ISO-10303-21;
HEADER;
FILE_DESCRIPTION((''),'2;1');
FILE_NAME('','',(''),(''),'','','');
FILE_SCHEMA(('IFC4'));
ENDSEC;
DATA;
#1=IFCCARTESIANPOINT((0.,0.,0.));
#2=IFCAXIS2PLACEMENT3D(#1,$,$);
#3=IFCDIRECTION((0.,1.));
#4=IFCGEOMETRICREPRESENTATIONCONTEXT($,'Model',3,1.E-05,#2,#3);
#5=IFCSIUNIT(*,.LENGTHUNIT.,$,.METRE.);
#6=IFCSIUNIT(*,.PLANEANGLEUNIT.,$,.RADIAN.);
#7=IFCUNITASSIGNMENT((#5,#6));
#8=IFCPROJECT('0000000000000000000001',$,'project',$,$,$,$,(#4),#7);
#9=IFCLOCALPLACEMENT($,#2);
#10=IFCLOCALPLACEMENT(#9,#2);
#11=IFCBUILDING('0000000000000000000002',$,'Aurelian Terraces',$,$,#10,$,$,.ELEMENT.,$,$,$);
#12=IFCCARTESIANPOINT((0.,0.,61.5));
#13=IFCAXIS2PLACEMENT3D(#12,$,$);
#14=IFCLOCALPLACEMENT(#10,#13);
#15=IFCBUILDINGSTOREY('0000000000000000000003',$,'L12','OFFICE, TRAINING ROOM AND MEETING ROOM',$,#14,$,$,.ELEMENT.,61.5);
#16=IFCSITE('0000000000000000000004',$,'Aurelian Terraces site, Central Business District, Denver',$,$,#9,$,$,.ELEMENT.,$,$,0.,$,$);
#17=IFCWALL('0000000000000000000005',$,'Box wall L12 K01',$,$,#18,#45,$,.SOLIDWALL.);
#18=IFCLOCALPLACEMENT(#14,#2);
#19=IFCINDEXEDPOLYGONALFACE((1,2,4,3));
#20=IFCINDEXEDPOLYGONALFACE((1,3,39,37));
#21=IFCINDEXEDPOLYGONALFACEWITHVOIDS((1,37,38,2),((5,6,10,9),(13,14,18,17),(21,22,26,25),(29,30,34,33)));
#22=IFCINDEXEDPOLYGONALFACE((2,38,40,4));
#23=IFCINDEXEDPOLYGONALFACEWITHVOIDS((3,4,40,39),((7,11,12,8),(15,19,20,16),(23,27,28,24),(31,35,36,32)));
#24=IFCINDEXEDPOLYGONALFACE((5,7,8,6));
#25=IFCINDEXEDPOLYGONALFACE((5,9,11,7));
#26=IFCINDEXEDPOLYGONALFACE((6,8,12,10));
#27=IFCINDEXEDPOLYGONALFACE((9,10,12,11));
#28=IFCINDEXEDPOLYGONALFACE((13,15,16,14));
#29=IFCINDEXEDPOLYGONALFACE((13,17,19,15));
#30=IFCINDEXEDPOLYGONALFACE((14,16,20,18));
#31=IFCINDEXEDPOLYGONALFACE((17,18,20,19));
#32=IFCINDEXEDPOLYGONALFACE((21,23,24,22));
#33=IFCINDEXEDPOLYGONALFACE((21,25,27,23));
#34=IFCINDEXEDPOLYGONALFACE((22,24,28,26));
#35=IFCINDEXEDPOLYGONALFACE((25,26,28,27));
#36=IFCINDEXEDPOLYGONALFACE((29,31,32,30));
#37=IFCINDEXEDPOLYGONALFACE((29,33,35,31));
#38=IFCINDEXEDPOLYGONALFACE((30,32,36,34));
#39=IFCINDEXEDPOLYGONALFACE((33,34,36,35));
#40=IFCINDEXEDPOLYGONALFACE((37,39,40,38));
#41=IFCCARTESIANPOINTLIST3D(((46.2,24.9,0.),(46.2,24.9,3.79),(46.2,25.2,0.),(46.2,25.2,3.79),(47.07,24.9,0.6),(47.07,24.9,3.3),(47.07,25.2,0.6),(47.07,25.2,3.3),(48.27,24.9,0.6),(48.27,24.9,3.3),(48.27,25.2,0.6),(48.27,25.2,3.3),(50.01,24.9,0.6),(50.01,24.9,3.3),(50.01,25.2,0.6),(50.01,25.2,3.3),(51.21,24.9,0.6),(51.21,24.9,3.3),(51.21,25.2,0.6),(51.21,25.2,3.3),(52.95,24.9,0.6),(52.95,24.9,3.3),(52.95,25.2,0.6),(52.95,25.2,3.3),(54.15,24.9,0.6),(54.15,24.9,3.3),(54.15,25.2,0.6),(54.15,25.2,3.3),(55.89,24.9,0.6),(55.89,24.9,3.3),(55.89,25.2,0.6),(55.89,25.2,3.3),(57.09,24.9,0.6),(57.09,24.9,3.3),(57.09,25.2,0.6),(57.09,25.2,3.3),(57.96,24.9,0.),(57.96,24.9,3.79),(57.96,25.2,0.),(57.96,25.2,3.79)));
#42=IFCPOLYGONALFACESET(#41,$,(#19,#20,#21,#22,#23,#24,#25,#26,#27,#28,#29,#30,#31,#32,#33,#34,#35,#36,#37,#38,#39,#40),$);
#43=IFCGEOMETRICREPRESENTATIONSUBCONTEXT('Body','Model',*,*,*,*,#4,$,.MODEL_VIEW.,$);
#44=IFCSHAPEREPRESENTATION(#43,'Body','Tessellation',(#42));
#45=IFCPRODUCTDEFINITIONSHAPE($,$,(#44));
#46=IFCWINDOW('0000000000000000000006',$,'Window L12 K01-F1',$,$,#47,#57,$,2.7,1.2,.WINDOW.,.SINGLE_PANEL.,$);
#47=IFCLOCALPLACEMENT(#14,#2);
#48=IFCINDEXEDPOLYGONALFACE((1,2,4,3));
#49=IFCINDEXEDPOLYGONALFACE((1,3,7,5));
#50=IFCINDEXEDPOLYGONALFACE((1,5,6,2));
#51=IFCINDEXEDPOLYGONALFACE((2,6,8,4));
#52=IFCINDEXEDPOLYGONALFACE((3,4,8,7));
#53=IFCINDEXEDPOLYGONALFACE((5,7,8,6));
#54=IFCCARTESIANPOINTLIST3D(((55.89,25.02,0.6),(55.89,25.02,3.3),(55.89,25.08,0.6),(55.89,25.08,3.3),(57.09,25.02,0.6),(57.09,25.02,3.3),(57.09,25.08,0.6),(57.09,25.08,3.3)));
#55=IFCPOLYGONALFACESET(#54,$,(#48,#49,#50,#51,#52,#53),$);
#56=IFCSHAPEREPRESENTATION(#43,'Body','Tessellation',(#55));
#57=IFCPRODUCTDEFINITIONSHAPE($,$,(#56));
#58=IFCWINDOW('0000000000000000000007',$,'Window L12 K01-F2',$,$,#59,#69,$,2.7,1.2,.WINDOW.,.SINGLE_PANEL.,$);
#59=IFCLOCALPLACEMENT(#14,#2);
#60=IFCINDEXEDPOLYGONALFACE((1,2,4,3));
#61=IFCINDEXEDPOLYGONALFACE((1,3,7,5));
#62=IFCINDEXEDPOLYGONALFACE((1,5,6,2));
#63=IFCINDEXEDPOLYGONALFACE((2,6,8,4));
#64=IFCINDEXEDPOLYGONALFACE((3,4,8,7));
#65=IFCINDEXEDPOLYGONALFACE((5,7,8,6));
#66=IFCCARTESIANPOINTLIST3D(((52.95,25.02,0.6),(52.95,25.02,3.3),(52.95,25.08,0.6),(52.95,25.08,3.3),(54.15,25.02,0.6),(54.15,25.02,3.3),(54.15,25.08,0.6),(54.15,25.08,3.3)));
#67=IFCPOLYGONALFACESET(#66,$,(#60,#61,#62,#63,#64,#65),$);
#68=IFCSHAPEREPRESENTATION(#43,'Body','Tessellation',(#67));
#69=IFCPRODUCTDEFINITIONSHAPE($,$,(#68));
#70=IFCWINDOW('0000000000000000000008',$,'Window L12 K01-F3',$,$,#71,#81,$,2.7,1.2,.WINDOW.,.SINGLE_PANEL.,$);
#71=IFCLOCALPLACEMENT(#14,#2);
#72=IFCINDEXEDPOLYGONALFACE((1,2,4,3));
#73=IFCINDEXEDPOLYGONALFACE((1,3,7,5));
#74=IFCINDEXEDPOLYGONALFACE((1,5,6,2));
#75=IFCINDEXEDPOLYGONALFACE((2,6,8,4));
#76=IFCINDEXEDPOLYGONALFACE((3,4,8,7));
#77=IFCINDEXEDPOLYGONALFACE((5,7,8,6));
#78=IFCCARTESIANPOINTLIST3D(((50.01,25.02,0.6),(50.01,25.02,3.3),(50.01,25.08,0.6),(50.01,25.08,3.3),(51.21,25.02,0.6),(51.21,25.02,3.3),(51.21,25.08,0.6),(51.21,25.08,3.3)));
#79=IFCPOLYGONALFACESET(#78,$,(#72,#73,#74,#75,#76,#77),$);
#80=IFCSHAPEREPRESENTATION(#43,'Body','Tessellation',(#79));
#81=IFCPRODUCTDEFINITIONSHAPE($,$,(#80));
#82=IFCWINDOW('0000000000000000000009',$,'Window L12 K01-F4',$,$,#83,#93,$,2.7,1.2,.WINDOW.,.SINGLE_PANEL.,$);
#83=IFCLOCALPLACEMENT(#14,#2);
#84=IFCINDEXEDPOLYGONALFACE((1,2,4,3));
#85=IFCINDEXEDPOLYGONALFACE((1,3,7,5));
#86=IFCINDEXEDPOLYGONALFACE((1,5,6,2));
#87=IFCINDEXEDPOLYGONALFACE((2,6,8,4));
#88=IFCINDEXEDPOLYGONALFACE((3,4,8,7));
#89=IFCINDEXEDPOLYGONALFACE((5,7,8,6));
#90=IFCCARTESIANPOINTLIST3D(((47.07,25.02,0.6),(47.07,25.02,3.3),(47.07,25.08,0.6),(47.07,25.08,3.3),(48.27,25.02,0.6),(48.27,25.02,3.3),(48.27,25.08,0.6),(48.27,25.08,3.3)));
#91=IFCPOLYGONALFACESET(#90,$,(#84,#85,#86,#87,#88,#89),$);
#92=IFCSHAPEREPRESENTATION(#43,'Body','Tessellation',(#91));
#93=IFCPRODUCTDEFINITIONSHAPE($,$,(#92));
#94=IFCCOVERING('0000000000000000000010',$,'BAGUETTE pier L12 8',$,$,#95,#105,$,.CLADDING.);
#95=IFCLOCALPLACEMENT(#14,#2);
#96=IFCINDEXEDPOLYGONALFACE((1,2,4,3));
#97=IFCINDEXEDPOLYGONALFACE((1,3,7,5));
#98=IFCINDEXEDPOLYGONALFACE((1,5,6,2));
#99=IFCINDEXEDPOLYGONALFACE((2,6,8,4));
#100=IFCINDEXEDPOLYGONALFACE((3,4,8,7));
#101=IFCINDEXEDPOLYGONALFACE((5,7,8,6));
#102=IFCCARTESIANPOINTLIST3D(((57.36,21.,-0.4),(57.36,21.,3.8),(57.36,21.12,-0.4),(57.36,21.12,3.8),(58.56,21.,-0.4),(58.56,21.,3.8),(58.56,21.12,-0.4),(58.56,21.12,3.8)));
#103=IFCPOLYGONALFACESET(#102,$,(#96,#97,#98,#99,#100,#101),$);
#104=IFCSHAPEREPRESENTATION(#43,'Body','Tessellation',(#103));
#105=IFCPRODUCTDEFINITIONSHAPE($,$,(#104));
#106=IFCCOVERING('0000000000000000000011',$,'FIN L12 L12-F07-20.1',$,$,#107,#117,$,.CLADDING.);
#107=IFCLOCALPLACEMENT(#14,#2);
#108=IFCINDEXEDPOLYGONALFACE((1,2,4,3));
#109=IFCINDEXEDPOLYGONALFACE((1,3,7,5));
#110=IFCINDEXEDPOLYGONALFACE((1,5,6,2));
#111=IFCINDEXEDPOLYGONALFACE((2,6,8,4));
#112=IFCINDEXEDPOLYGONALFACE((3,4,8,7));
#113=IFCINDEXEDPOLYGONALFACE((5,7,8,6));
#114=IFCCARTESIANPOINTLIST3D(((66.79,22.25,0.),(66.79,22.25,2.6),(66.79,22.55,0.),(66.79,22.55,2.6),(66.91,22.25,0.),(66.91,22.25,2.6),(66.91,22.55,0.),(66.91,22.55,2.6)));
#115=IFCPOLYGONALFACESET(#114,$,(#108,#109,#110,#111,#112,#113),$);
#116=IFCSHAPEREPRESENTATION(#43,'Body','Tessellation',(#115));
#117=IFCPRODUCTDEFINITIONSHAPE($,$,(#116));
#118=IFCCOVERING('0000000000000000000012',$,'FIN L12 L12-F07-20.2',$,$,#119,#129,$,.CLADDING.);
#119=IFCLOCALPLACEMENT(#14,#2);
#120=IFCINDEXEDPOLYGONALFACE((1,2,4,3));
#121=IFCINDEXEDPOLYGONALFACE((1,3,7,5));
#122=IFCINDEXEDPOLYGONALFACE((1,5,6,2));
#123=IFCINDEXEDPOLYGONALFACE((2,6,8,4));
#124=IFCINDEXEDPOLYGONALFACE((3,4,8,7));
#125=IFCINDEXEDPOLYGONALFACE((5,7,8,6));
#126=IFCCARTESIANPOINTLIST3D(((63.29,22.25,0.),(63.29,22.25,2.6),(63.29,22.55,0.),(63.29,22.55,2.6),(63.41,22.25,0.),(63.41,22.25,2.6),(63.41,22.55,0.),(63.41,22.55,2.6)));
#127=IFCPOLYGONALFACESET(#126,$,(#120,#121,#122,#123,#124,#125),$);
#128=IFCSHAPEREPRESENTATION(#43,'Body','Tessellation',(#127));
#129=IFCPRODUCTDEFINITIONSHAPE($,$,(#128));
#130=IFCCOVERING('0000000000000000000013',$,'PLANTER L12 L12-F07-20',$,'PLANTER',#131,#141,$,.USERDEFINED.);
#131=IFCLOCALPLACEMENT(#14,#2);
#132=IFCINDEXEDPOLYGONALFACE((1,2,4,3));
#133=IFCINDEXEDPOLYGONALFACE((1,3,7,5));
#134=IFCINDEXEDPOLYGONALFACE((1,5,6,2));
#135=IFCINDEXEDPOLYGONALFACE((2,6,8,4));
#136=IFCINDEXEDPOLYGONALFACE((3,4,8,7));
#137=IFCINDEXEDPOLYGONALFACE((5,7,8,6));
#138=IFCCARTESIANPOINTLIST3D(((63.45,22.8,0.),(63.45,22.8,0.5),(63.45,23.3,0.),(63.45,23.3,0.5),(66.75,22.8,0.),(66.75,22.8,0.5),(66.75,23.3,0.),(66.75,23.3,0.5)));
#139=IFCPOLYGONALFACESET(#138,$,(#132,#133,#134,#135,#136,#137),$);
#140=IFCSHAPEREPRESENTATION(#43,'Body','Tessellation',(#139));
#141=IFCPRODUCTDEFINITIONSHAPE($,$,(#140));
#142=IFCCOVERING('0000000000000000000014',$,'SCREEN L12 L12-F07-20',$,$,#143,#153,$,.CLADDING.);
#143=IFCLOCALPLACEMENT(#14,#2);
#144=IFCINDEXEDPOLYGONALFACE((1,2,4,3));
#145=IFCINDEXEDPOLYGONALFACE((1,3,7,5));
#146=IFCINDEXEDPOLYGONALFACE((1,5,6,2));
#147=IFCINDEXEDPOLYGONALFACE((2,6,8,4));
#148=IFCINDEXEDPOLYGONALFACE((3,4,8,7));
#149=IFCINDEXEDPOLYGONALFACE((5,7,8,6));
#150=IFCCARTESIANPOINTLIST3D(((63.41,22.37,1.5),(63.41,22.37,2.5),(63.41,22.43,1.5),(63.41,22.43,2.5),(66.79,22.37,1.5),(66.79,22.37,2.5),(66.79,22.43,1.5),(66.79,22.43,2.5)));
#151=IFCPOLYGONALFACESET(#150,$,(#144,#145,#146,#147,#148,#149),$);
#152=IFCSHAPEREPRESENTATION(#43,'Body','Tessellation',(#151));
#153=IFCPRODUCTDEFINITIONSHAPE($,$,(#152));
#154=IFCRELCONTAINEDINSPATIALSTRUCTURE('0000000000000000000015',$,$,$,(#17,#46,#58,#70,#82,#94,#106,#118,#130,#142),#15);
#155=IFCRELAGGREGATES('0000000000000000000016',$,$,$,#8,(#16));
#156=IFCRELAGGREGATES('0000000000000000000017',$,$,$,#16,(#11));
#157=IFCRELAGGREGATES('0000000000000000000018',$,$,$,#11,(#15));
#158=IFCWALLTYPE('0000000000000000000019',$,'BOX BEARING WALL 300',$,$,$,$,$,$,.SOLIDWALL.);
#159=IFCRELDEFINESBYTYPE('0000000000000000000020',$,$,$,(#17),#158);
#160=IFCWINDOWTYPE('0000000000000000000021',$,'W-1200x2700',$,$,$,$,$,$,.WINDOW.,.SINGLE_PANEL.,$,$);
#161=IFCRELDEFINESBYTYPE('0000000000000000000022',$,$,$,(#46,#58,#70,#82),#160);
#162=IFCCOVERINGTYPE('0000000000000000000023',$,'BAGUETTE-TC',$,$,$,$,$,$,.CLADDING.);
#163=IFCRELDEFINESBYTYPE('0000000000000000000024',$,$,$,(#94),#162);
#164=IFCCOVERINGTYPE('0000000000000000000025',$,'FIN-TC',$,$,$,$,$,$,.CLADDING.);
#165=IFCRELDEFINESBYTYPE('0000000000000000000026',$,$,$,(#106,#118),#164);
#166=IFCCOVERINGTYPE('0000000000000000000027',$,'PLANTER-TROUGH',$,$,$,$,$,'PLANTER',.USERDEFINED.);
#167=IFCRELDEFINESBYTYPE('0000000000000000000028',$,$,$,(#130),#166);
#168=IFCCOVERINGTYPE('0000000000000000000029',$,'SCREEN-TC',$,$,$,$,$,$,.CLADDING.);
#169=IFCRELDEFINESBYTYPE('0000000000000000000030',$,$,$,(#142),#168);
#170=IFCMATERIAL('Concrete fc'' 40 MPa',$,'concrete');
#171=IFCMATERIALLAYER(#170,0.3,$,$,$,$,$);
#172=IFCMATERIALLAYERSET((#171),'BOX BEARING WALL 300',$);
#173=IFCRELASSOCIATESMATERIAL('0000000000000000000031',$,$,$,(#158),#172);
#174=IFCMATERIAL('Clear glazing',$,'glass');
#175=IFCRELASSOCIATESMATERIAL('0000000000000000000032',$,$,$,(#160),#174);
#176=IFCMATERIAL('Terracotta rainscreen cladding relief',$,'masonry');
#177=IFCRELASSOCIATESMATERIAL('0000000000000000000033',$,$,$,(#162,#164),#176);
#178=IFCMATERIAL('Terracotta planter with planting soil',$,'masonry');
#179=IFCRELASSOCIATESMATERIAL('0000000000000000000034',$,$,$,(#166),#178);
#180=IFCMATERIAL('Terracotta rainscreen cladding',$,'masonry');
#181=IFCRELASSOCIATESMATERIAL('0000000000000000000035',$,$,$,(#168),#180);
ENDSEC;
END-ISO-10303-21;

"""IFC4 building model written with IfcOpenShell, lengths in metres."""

from ifc_helpers import new_model, si_unit, direction, frame, frame_2d, origin, origin_2d, place, context, subcontext, project, spatial, rectangle, extrude, source, transform, mapped, material, layer, layer_set, type_object, element, fill, save


model = new_model("IFC4")

# Units and contexts
model_context = context("Model", 3, precision=1e-05, world=origin(), true_north=direction((0.0, 1.0)))
body_context = subcontext(model_context, "Body", "Model", "MODEL_VIEW")
ifc_project = project(units=[si_unit("LENGTHUNIT", "METRE"), si_unit("PLANEANGLEUNIT", "RADIAN")], contexts=[model_context])

# Site, building, storey
site_placement = place(None, origin())
site = spatial("IfcSite", under=ifc_project, at=site_placement, Name="Aurelian Terraces site, Central Business District, Denver", CompositionType="ELEMENT", RefElevation=0.0)
building_placement = place(site_placement, origin())
building = spatial("IfcBuilding", under=site, at=building_placement, Name="Aurelian Terraces", CompositionType="ELEMENT")
storey_placement = place(building_placement, frame((0.0, 0.0, 61.5)))
storey = spatial("IfcBuildingStorey", under=building, at=storey_placement, Name="L12", Description="OFFICE, TRAINING ROOM AND MEETING ROOM", CompositionType="ELEMENT", Elevation=61.5)

# Shared definitions
ifc_material_1 = material(Name="Terracotta rainscreen cladding", Category="masonry")
ifc_material_2 = material(Name="Clear glazing", Category="glass")

# Shared definitions
ifc_material_3 = material(Name="Concrete fc' 40 MPa", Category="concrete")

# Wall, openings, windows
ifc_layer_1 = layer(ifc_material_3, 0.3)
ifc_layer_set_1 = layer_set([ifc_layer_1], Name="BOX BEARING WALL 300")
wall_type_1 = type_object("IfcWallType", Name="BOX BEARING WALL 300", PredefinedType="SOLIDWALL", material=ifc_layer_set_1)
shared_shape_1 = source(origin(), body_context, "Body", "SweptSolid", [
    extrude(rectangle(XDim=11.76, YDim=0.3, at=frame_2d((5.88, 0.0))), origin(), (0.0, 0.0, 1.0), 3.79),
])
wall_1_placement = place(storey_placement, frame((57.96, 25.05, 0.0), z_axis=(0.0, 0.0, 1.0), x_axis=(-1.0, 0.0, 0.0)))
wall_1 = element("IfcWall", 1, at=wall_1_placement, inside=storey, type_object=wall_type_1, Name="Box wall L12 K01", PredefinedType="SOLIDWALL", context=body_context, shape_type="MappedRepresentation", body=[
    mapped(shared_shape_1, transform((0.0, 0.0, 0.0), scale=1.0)),
])
shared_shape_2 = source(origin(), body_context, "Body", "SweptSolid", [
    extrude(rectangle(XDim=1.2, YDim=2.7, at=frame_2d((0.6, 1.35))), frame((0.0, 0.16, 0.0), z_axis=(0.0, -1.0, 0.0), x_axis=(1.0, 0.0, 0.0)), (0.0, 0.0, 1.0), 0.32),
])
opening_1_placement = place(wall_1_placement, frame((0.87, 0.0, 0.6)))
opening_1 = element("IfcOpeningElement", 2, at=opening_1_placement, cuts=wall_1, PredefinedType="OPENING", context=body_context, shape_type="MappedRepresentation", body=[
    mapped(shared_shape_2, transform((0.0, 0.0, 0.0), scale=1.0)),
])
opening_2_placement = place(wall_1_placement, frame((3.81, 0.0, 0.6)))
opening_2 = element("IfcOpeningElement", 3, at=opening_2_placement, cuts=wall_1, PredefinedType="OPENING", context=body_context, shape_type="MappedRepresentation", body=[
    mapped(shared_shape_2, transform((0.0, 0.0, 0.0), scale=1.0)),
])
opening_3_placement = place(wall_1_placement, frame((6.75, 0.0, 0.6)))
opening_3 = element("IfcOpeningElement", 4, at=opening_3_placement, cuts=wall_1, PredefinedType="OPENING", context=body_context, shape_type="MappedRepresentation", body=[
    mapped(shared_shape_2, transform((0.0, 0.0, 0.0), scale=1.0)),
])
opening_4_placement = place(wall_1_placement, frame((9.69, 0.0, 0.6)))
opening_4 = element("IfcOpeningElement", 5, at=opening_4_placement, cuts=wall_1, PredefinedType="OPENING", context=body_context, shape_type="MappedRepresentation", body=[
    mapped(shared_shape_2, transform((0.0, 0.0, 0.0), scale=1.0)),
])
window_type_1 = type_object("IfcWindowType", Name="W-1200x2700", PartitioningType="SINGLE_PANEL", PredefinedType="WINDOW", material=ifc_material_2)
shared_shape_3 = source(origin(), body_context, "Body", "SweptSolid", [
    extrude(rectangle(XDim=1.2, YDim=2.7, at=frame_2d((0.6, 1.35))), frame((0.0, 0.03, 0.0), z_axis=(0.0, -1.0, 0.0), x_axis=(1.0, 0.0, 0.0)), (0.0, 0.0, 1.0), 0.06),
])
window_1_placement = place(opening_1_placement, origin())
window_1 = element("IfcWindow", 6, at=window_1_placement, inside=storey, type_object=window_type_1, Name="Window L12 K01-F1", OverallHeight=2.7, OverallWidth=1.2, PartitioningType="SINGLE_PANEL", PredefinedType="WINDOW", context=body_context, shape_type="MappedRepresentation", body=[
    mapped(shared_shape_3, transform((0.0, 0.0, 0.0), scale=1.0)),
])
fill(opening_1, window_1)
window_2_placement = place(opening_2_placement, origin())
window_2 = element("IfcWindow", 7, at=window_2_placement, inside=storey, type_object=window_type_1, Name="Window L12 K01-F2", OverallHeight=2.7, OverallWidth=1.2, PartitioningType="SINGLE_PANEL", PredefinedType="WINDOW", context=body_context, shape_type="MappedRepresentation", body=[
    mapped(shared_shape_3, transform((0.0, 0.0, 0.0), scale=1.0)),
])
fill(opening_2, window_2)
window_3_placement = place(opening_3_placement, origin())
window_3 = element("IfcWindow", 8, at=window_3_placement, inside=storey, type_object=window_type_1, Name="Window L12 K01-F3", OverallHeight=2.7, OverallWidth=1.2, PartitioningType="SINGLE_PANEL", PredefinedType="WINDOW", context=body_context, shape_type="MappedRepresentation", body=[
    mapped(shared_shape_3, transform((0.0, 0.0, 0.0), scale=1.0)),
])
fill(opening_3, window_3)
window_4_placement = place(opening_4_placement, origin())
window_4 = element("IfcWindow", 9, at=window_4_placement, inside=storey, type_object=window_type_1, Name="Window L12 K01-F4", OverallHeight=2.7, OverallWidth=1.2, PartitioningType="SINGLE_PANEL", PredefinedType="WINDOW", context=body_context, shape_type="MappedRepresentation", body=[
    mapped(shared_shape_3, transform((0.0, 0.0, 0.0), scale=1.0)),
])
fill(opening_4, window_4)

# Coverings
ifc_material_4 = material(Name="Terracotta rainscreen cladding relief", Category="masonry")
covering_type_1 = type_object("IfcCoveringType", Name="BAGUETTE-TC", PredefinedType="CLADDING", material=ifc_material_4)
shared_shape_4 = source(origin(), body_context, "Body", "SweptSolid", [
    extrude(rectangle(XDim=1.2, YDim=0.12, at=origin_2d()), origin(), (0.0, 0.0, 1.0), 4.2),
])
covering_1_placement = place(storey_placement, frame((57.96, 21.06, -0.4), z_axis=(0.0, 0.0, 1.0), x_axis=(1.0, 0.0, 0.0)))
element("IfcCovering", 10, at=covering_1_placement, inside=storey, type_object=covering_type_1, Name="BAGUETTE pier L12 8", PredefinedType="CLADDING", context=body_context, shape_type="MappedRepresentation", body=[
    mapped(shared_shape_4, transform((0.0, 0.0, 0.0), scale=1.0)),
])
covering_type_2 = type_object("IfcCoveringType", Name="FIN-TC", PredefinedType="CLADDING", material=ifc_material_4)
shared_shape_5 = source(origin(), body_context, "Body", "SweptSolid", [
    extrude(rectangle(XDim=0.12, YDim=0.3, at=origin_2d()), origin(), (0.0, 0.0, 1.0), 2.6),
])
for number, where, z_axis, x_axis, name in (
    (11, (66.85, 22.4, 0.0), (0.0, 0.0, 1.0), (1.0, 0.0, 0.0), "FIN L12 L12-F07-20.1"),
    (12, (63.35, 22.4, 0.0), (0.0, 0.0, 1.0), (1.0, 0.0, 0.0), "FIN L12 L12-F07-20.2"),
):
    element("IfcCovering", number, at=place(storey_placement, frame(where, z_axis=z_axis, x_axis=x_axis)), inside=storey, type_object=covering_type_2, Name=name, PredefinedType="CLADDING", context=body_context, shape_type="MappedRepresentation", body=[
        mapped(shared_shape_5, transform((0.0, 0.0, 0.0), scale=1.0)),
    ])

# Coverings
ifc_material_5 = material(Name="Terracotta planter with planting soil", Category="masonry")
covering_type_3 = type_object("IfcCoveringType", Name="PLANTER-TROUGH", ElementType="PLANTER", PredefinedType="USERDEFINED", material=ifc_material_5)
shared_shape_6 = source(origin(), body_context, "Body", "SweptSolid", [
    extrude(rectangle(XDim=3.3, YDim=0.5, at=origin_2d()), origin(), (0.0, 0.0, 1.0), 0.5),
])
covering_2_placement = place(storey_placement, frame((65.1, 23.05, 0.0), z_axis=(0.0, 0.0, 1.0), x_axis=(1.0, 0.0, 0.0)))
element("IfcCovering", 13, at=covering_2_placement, inside=storey, type_object=covering_type_3, Name="PLANTER L12 L12-F07-20", ObjectType="PLANTER", PredefinedType="USERDEFINED", context=body_context, shape_type="MappedRepresentation", body=[
    mapped(shared_shape_6, transform((0.0, 0.0, 0.0), scale=1.0)),
])
covering_type_4 = type_object("IfcCoveringType", Name="SCREEN-TC", PredefinedType="CLADDING", material=ifc_material_1)
shared_shape_7 = source(origin(), body_context, "Body", "SweptSolid", [
    extrude(rectangle(XDim=3.38, YDim=0.06, at=origin_2d()), origin(), (0.0, 0.0, 1.0), 1.0),
])
covering_3_placement = place(storey_placement, frame((65.1, 22.4, 1.5), z_axis=(0.0, 0.0, 1.0), x_axis=(1.0, 0.0, 0.0)))
element("IfcCovering", 14, at=covering_3_placement, inside=storey, type_object=covering_type_4, Name="SCREEN L12 L12-F07-20", PredefinedType="CLADDING", context=body_context, shape_type="MappedRepresentation", body=[
    mapped(shared_shape_7, transform((0.0, 0.0, 0.0), scale=1.0)),
])

save(model, "model.ifc")
